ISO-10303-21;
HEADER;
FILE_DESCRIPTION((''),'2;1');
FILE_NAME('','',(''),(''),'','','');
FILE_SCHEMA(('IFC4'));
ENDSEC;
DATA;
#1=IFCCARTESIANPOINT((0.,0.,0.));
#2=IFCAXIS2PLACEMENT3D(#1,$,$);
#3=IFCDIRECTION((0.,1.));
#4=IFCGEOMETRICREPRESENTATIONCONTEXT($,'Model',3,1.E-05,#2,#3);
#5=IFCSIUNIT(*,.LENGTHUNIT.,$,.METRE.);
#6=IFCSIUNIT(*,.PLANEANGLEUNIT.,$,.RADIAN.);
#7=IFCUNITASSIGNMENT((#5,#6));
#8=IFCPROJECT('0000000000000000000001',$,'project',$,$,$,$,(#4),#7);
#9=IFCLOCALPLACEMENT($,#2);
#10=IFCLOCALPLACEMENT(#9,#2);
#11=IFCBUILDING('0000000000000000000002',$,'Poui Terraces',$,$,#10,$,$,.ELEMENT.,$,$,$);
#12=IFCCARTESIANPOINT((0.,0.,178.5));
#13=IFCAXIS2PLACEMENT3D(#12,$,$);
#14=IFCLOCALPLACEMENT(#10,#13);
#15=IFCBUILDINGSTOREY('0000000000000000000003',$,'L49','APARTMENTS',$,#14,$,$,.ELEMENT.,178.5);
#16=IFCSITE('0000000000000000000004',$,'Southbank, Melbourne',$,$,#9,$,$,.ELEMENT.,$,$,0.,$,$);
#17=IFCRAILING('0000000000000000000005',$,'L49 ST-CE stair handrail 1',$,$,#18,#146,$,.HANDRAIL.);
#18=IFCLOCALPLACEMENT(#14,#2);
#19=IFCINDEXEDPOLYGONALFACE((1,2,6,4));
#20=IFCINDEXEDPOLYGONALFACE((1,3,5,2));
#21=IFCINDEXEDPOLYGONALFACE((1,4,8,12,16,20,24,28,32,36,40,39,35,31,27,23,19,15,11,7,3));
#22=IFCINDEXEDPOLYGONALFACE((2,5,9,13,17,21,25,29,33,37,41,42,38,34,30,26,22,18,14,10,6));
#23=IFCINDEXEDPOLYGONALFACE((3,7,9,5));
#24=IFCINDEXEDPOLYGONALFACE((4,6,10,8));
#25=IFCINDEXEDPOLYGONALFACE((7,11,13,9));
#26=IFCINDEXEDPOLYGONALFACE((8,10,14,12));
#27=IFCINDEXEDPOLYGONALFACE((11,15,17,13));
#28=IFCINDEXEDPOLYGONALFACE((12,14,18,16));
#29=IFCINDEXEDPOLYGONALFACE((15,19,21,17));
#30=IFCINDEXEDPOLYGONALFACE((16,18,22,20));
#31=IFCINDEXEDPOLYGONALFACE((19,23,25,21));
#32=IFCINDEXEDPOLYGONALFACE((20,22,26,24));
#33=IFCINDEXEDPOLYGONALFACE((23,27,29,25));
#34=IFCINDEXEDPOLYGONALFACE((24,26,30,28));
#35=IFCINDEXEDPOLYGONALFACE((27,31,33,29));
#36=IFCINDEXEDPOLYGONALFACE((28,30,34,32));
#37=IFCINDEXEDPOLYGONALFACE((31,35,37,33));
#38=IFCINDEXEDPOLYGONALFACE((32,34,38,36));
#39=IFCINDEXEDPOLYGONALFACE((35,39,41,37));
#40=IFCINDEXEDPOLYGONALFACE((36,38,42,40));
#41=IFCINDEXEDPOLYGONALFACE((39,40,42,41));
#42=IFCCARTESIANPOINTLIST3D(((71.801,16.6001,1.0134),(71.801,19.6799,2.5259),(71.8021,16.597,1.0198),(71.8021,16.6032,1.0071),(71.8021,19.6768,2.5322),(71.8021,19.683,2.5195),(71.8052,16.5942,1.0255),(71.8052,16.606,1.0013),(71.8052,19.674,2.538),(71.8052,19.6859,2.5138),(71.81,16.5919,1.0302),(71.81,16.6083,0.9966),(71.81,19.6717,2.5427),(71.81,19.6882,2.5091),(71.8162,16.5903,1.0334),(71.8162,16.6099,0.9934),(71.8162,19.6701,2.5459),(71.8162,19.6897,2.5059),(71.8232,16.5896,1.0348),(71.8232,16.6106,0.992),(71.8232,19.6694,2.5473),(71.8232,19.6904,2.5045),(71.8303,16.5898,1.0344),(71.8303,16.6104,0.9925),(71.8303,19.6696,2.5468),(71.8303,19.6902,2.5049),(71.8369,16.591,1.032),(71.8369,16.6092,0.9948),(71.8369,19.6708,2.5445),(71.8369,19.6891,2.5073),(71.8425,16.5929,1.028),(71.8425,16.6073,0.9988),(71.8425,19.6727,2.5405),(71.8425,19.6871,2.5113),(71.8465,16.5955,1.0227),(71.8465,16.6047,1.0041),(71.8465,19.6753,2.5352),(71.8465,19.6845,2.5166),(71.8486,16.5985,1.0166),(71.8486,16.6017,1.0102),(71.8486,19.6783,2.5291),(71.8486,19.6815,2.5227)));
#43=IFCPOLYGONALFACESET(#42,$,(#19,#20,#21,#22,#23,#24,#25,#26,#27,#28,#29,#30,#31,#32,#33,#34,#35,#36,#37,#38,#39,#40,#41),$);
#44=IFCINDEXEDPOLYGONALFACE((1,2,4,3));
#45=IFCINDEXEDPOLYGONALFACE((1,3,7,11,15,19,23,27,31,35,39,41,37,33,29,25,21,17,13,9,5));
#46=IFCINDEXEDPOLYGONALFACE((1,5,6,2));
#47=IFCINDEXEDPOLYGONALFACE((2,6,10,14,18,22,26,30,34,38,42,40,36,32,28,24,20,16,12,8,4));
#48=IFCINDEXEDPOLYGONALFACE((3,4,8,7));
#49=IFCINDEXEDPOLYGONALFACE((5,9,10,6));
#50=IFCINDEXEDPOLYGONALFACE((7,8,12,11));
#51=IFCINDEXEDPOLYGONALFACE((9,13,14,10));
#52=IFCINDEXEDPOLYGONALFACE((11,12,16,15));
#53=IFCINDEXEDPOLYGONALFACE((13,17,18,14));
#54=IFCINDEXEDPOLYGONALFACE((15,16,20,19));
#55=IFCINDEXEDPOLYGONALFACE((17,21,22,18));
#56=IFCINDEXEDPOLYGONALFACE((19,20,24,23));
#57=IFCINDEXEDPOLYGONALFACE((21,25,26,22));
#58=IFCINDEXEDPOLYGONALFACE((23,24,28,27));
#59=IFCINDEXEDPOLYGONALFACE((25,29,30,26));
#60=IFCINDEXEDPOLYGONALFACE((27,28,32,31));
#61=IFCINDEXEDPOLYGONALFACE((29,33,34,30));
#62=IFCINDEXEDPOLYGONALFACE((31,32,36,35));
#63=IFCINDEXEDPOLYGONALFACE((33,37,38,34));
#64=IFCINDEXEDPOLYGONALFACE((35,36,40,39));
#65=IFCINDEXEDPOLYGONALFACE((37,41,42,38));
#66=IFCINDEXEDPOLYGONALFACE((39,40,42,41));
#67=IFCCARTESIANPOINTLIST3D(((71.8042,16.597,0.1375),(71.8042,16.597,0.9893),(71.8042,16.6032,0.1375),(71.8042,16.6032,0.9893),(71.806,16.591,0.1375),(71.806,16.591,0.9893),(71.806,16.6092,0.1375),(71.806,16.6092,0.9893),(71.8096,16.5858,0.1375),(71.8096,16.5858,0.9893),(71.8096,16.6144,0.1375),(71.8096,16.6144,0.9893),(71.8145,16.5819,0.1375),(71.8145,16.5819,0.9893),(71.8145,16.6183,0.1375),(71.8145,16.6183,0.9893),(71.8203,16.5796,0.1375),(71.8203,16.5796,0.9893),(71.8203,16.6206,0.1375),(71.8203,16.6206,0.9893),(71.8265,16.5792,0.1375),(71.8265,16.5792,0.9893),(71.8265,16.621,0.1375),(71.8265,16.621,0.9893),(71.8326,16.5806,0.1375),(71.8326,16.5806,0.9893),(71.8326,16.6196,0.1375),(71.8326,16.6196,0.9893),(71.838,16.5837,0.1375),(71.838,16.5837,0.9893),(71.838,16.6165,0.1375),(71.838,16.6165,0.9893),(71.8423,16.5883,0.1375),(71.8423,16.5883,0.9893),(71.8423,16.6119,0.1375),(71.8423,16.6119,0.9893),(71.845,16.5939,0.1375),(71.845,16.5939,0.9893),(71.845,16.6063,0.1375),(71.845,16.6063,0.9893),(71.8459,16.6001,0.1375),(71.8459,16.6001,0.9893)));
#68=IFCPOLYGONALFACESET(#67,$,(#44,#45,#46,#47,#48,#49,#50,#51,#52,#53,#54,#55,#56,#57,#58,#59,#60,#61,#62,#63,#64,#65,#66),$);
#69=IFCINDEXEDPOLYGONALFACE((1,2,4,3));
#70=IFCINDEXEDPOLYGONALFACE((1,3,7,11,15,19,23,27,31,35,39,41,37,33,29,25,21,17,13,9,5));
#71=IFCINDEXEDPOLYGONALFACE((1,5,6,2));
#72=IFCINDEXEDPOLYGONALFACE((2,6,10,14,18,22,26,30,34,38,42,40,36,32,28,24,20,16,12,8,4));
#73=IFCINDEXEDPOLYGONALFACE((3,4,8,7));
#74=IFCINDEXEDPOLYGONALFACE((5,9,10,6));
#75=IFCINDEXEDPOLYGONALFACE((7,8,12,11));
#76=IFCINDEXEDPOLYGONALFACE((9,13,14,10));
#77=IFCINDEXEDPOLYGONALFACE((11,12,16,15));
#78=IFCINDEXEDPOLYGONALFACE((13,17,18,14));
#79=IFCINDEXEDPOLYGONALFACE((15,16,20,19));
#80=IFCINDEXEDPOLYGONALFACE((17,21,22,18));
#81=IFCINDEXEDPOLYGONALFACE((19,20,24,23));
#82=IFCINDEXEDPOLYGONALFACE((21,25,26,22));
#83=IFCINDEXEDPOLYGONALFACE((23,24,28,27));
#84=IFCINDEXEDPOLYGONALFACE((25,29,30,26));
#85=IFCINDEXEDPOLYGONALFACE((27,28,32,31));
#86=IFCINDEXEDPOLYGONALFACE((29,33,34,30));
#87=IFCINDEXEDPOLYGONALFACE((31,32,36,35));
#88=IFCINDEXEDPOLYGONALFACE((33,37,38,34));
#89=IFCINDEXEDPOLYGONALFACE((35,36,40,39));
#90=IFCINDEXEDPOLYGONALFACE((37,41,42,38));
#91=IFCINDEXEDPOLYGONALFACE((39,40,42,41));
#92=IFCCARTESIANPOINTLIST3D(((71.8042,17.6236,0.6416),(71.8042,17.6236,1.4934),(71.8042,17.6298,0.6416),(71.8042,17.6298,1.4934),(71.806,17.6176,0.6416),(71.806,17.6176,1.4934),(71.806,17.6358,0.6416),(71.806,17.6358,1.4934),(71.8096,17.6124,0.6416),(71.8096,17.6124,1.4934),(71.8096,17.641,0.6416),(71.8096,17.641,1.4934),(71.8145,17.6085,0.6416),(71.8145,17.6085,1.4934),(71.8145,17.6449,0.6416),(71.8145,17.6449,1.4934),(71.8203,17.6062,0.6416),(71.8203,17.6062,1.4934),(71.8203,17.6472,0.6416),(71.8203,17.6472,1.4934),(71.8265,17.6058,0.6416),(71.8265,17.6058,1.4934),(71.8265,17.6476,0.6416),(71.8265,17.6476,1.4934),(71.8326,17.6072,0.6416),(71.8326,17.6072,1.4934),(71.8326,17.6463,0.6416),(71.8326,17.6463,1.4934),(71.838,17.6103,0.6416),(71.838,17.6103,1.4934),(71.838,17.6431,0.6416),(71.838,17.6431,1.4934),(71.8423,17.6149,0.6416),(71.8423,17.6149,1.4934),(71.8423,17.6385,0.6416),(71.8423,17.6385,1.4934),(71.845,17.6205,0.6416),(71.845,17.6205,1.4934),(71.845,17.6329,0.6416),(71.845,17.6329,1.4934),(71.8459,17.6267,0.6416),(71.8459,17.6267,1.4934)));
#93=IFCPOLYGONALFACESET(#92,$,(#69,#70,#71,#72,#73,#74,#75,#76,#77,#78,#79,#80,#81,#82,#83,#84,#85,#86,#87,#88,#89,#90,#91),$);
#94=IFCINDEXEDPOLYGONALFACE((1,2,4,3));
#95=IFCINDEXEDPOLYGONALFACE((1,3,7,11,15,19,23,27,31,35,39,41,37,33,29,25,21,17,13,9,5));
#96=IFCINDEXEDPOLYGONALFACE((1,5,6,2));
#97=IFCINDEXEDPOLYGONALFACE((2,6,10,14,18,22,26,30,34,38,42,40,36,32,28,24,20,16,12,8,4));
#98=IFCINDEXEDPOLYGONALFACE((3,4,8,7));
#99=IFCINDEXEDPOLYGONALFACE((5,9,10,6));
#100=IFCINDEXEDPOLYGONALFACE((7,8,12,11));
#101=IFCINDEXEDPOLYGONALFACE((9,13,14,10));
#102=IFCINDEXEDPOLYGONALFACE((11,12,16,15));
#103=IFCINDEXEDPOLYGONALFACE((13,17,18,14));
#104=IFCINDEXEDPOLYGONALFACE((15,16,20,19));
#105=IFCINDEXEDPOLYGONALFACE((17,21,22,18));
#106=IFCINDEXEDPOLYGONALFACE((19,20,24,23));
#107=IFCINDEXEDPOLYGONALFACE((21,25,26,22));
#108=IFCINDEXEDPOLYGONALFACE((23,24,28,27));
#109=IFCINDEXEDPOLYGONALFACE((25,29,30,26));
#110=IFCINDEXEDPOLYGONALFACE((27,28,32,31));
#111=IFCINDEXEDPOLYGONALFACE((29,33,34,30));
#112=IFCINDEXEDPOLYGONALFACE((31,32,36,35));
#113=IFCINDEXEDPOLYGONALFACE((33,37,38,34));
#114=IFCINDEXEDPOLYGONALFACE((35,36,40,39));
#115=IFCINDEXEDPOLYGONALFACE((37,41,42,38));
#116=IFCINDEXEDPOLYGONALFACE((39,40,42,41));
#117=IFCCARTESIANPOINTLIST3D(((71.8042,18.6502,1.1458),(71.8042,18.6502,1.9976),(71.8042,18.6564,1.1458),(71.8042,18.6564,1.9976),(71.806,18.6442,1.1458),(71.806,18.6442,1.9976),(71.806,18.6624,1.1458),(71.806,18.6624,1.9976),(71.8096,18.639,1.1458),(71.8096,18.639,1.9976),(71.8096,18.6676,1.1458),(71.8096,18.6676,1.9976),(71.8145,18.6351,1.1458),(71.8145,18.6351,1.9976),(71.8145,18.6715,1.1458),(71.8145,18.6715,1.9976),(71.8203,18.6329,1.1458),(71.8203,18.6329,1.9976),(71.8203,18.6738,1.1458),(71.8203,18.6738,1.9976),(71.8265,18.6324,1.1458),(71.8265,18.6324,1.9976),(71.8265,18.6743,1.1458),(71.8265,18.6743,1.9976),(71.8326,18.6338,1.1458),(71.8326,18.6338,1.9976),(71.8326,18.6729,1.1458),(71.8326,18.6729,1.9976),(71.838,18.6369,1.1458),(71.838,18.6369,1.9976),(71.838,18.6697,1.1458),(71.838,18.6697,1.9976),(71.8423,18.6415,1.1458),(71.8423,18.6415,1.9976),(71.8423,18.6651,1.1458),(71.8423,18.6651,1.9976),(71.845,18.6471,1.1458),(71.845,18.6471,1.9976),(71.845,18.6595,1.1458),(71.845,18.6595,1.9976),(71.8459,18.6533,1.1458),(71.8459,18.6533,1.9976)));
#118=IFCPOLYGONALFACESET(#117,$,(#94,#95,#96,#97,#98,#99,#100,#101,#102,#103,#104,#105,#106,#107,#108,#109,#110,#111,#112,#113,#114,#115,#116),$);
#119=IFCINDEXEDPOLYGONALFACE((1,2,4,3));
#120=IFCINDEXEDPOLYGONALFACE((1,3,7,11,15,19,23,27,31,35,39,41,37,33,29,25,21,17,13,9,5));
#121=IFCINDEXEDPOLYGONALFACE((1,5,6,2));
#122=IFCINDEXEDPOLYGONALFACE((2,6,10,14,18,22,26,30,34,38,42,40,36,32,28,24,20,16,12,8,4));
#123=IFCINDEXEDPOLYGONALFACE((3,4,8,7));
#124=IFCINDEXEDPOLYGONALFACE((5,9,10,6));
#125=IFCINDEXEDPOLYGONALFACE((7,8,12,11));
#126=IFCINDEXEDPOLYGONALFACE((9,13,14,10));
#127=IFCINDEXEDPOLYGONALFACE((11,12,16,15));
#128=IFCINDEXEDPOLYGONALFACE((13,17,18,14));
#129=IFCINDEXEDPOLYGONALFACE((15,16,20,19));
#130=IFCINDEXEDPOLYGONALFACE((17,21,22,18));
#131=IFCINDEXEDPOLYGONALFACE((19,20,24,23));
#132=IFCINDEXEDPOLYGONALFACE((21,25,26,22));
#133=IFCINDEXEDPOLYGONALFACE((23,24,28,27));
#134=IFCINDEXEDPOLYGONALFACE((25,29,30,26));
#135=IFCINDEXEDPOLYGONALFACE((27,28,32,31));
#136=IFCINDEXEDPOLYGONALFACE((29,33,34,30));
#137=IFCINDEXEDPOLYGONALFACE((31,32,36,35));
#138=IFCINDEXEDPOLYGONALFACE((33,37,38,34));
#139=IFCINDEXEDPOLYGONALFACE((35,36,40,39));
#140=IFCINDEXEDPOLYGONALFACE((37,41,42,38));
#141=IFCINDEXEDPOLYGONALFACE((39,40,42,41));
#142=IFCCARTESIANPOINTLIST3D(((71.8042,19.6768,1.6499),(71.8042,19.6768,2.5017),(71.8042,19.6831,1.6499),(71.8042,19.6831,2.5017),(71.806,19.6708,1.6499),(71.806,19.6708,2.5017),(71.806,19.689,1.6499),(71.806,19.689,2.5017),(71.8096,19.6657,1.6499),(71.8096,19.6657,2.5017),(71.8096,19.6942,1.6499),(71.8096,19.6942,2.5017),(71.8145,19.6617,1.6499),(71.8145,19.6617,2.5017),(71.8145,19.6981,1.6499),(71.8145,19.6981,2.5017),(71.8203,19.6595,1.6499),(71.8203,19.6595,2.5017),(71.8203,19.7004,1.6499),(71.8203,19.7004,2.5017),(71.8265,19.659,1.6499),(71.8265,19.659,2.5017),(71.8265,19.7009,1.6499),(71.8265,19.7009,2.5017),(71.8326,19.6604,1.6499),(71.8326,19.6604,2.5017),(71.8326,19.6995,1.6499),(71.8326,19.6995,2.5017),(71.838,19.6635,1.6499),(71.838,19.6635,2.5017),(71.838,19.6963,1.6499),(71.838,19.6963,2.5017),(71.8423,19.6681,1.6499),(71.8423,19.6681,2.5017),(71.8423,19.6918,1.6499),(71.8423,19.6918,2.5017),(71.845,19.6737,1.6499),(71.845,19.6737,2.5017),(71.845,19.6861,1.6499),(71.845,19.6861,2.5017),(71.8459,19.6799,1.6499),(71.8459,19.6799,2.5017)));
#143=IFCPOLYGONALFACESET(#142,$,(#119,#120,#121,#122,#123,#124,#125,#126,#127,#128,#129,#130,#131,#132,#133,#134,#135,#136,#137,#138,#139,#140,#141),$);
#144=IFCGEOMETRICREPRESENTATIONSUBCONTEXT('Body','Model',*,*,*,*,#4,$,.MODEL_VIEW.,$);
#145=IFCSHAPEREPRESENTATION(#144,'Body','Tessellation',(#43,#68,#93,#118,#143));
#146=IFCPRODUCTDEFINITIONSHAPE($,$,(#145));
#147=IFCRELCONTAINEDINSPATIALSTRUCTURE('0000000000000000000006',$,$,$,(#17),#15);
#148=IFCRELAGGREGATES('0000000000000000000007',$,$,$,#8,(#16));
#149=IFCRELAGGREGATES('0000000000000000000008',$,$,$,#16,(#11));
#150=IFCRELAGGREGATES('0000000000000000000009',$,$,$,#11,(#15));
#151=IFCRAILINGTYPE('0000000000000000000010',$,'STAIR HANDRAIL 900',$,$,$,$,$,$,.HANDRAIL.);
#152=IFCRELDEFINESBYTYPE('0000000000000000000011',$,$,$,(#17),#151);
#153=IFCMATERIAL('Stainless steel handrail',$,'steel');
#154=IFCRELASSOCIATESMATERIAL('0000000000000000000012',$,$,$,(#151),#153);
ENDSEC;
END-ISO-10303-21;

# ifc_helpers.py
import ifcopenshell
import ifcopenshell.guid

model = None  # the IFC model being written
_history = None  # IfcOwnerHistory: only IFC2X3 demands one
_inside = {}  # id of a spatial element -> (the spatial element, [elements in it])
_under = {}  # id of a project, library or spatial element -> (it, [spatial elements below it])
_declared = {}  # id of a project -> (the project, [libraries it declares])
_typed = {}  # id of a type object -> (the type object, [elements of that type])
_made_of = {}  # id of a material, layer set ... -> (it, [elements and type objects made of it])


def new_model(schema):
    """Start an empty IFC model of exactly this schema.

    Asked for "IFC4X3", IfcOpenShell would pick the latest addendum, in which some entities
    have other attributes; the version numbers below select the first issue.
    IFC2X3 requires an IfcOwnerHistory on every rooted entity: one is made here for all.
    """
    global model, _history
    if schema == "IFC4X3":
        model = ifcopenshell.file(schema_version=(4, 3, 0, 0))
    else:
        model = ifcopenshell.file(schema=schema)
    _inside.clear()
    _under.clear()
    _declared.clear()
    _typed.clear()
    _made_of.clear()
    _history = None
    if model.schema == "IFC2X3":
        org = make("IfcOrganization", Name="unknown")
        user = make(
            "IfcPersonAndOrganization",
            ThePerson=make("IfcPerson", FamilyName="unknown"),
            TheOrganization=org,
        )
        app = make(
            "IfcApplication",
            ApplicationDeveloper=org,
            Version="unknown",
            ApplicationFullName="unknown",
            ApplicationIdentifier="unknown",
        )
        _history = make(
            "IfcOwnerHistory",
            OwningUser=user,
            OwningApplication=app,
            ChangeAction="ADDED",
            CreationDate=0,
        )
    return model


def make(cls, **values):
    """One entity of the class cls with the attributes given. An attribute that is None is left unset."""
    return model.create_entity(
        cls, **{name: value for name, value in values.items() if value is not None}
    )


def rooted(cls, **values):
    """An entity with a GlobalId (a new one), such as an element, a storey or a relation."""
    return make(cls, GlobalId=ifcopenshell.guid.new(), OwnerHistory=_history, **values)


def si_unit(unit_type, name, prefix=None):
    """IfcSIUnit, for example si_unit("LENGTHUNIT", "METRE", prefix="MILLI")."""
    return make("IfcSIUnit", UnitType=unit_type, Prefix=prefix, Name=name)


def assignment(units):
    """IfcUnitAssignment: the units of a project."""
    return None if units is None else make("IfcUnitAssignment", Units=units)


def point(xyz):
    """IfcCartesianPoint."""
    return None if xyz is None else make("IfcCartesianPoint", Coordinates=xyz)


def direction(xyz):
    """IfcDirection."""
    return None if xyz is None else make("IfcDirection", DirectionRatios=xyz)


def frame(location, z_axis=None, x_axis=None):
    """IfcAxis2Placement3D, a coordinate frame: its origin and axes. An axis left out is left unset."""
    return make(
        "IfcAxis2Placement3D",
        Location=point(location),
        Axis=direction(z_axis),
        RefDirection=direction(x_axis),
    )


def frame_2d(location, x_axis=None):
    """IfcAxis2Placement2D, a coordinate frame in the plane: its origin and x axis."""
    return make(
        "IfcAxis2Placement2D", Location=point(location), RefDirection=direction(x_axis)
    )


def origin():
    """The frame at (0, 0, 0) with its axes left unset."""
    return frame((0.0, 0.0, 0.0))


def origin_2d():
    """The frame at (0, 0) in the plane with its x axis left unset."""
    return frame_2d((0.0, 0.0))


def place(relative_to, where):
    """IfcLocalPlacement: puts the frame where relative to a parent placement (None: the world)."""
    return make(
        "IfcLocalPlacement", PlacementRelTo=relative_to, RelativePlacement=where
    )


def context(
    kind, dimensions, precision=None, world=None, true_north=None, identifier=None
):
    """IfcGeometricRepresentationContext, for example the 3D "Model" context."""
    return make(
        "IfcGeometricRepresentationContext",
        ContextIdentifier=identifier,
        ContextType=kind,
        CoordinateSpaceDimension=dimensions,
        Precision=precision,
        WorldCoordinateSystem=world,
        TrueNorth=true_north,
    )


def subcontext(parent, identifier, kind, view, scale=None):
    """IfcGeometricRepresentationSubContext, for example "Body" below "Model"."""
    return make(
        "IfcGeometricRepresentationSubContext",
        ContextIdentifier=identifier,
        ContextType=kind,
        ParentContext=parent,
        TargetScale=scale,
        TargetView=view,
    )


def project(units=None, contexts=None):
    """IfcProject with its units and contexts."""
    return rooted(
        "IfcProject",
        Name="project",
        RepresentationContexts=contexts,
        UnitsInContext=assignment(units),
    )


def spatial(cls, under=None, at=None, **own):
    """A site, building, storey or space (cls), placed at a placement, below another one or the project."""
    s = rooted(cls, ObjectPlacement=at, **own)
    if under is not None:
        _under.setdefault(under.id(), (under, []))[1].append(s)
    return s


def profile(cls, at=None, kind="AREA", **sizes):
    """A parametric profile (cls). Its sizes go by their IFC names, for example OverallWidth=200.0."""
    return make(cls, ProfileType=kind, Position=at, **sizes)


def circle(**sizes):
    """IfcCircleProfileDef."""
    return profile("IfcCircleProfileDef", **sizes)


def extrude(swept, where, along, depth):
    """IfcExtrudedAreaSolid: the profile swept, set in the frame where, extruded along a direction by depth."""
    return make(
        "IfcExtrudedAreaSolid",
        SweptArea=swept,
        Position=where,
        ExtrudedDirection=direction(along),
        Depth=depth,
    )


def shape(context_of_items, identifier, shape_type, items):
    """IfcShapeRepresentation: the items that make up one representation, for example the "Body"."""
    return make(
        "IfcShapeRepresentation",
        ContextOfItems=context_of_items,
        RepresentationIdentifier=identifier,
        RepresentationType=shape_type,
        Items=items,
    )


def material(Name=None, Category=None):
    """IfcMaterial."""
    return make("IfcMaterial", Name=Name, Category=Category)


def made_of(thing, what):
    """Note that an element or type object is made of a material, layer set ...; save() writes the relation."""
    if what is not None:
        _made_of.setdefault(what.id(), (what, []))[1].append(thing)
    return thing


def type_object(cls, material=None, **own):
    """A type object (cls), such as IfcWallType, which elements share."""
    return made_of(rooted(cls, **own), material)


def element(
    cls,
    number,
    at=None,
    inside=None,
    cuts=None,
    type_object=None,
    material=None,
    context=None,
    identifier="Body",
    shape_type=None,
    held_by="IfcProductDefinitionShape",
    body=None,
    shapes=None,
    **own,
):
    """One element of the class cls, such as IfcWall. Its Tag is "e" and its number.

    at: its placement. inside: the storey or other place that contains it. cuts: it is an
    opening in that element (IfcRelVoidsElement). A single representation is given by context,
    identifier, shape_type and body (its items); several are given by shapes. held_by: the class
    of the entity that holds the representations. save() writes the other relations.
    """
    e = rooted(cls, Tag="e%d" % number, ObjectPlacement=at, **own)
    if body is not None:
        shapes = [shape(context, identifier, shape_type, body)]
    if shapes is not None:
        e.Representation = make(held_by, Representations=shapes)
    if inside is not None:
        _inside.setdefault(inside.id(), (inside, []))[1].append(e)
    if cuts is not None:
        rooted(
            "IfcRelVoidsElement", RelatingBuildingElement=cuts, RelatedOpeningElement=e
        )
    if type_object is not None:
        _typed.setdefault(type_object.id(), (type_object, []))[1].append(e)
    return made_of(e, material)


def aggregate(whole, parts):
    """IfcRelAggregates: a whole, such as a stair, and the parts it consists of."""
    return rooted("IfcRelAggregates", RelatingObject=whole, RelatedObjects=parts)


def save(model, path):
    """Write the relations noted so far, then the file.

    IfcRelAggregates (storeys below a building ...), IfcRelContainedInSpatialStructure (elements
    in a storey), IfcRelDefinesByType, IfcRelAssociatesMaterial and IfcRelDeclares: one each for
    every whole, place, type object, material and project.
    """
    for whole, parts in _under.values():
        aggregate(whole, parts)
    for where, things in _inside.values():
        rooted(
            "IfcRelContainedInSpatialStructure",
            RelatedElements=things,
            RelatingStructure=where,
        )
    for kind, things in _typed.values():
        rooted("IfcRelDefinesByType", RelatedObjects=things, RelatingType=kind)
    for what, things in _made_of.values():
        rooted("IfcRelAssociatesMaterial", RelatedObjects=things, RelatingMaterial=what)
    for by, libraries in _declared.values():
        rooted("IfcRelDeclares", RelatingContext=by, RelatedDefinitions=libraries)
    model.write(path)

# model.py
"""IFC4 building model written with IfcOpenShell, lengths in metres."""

from ifc_helpers import new_model, si_unit, direction, frame, origin, origin_2d, place, context, subcontext, project, spatial, circle, extrude, material, type_object, element, save


model = new_model("IFC4")

# Units and contexts
model_context = context("Model", 3, precision=1e-05, world=origin(), true_north=direction((0.0, 1.0)))
body_context = subcontext(model_context, "Body", "Model", "MODEL_VIEW")
ifc_project = project(units=[si_unit("LENGTHUNIT", "METRE"), si_unit("PLANEANGLEUNIT", "RADIAN")], contexts=[model_context])

# Site, building, storey
site_placement = place(None, origin())
site = spatial("IfcSite", under=ifc_project, at=site_placement, Name="Southbank, Melbourne", CompositionType="ELEMENT", RefElevation=0.0)
building_placement = place(site_placement, origin())
building = spatial("IfcBuilding", under=site, at=building_placement, Name="Poui Terraces", CompositionType="ELEMENT")
storey_placement = place(building_placement, frame((0.0, 0.0, 178.5)))
storey = spatial("IfcBuildingStorey", under=building, at=storey_placement, Name="L49", Description="APARTMENTS", CompositionType="ELEMENT", Elevation=178.5)

# Railing
ifc_material_1 = material(Name="Stainless steel handrail", Category="steel")
railing_type_1 = type_object("IfcRailingType", Name="STAIR HANDRAIL 900", PredefinedType="HANDRAIL", material=ifc_material_1)
railing_1_placement = place(storey_placement, frame((71.825, 16.6001, 0.1375)))
element("IfcRailing", 1, at=railing_1_placement, inside=storey, type_object=railing_type_1, Name="L49 ST-CE stair handrail 1", PredefinedType="HANDRAIL", context=body_context, shape_type="SweptSolid", body=[
    extrude(circle(Radius=0.0239, at=origin_2d()), frame((0.0, 0.0, 0.876), z_axis=(0.0, 0.897606, 0.440798), x_axis=(-1.0, 0.0, 0.0)), (0.0, 0.0, 1.0), 3.4312),
    extrude(circle(Radius=0.021, at=origin_2d()), origin(), (0.0, 0.0, 1.0), 0.8518),
    extrude(circle(Radius=0.021, at=origin_2d()), frame((0.0, 1.0266, 0.5042)), (0.0, 0.0, 1.0), 0.8518),
    extrude(circle(Radius=0.021, at=origin_2d()), frame((0.0, 2.0532, 1.0083)), (0.0, 0.0, 1.0), 0.8518),
    extrude(circle(Radius=0.021, at=origin_2d()), frame((0.0, 3.0798, 1.5125)), (0.0, 0.0, 1.0), 0.8518),
])

save(model, "model.ifc")
